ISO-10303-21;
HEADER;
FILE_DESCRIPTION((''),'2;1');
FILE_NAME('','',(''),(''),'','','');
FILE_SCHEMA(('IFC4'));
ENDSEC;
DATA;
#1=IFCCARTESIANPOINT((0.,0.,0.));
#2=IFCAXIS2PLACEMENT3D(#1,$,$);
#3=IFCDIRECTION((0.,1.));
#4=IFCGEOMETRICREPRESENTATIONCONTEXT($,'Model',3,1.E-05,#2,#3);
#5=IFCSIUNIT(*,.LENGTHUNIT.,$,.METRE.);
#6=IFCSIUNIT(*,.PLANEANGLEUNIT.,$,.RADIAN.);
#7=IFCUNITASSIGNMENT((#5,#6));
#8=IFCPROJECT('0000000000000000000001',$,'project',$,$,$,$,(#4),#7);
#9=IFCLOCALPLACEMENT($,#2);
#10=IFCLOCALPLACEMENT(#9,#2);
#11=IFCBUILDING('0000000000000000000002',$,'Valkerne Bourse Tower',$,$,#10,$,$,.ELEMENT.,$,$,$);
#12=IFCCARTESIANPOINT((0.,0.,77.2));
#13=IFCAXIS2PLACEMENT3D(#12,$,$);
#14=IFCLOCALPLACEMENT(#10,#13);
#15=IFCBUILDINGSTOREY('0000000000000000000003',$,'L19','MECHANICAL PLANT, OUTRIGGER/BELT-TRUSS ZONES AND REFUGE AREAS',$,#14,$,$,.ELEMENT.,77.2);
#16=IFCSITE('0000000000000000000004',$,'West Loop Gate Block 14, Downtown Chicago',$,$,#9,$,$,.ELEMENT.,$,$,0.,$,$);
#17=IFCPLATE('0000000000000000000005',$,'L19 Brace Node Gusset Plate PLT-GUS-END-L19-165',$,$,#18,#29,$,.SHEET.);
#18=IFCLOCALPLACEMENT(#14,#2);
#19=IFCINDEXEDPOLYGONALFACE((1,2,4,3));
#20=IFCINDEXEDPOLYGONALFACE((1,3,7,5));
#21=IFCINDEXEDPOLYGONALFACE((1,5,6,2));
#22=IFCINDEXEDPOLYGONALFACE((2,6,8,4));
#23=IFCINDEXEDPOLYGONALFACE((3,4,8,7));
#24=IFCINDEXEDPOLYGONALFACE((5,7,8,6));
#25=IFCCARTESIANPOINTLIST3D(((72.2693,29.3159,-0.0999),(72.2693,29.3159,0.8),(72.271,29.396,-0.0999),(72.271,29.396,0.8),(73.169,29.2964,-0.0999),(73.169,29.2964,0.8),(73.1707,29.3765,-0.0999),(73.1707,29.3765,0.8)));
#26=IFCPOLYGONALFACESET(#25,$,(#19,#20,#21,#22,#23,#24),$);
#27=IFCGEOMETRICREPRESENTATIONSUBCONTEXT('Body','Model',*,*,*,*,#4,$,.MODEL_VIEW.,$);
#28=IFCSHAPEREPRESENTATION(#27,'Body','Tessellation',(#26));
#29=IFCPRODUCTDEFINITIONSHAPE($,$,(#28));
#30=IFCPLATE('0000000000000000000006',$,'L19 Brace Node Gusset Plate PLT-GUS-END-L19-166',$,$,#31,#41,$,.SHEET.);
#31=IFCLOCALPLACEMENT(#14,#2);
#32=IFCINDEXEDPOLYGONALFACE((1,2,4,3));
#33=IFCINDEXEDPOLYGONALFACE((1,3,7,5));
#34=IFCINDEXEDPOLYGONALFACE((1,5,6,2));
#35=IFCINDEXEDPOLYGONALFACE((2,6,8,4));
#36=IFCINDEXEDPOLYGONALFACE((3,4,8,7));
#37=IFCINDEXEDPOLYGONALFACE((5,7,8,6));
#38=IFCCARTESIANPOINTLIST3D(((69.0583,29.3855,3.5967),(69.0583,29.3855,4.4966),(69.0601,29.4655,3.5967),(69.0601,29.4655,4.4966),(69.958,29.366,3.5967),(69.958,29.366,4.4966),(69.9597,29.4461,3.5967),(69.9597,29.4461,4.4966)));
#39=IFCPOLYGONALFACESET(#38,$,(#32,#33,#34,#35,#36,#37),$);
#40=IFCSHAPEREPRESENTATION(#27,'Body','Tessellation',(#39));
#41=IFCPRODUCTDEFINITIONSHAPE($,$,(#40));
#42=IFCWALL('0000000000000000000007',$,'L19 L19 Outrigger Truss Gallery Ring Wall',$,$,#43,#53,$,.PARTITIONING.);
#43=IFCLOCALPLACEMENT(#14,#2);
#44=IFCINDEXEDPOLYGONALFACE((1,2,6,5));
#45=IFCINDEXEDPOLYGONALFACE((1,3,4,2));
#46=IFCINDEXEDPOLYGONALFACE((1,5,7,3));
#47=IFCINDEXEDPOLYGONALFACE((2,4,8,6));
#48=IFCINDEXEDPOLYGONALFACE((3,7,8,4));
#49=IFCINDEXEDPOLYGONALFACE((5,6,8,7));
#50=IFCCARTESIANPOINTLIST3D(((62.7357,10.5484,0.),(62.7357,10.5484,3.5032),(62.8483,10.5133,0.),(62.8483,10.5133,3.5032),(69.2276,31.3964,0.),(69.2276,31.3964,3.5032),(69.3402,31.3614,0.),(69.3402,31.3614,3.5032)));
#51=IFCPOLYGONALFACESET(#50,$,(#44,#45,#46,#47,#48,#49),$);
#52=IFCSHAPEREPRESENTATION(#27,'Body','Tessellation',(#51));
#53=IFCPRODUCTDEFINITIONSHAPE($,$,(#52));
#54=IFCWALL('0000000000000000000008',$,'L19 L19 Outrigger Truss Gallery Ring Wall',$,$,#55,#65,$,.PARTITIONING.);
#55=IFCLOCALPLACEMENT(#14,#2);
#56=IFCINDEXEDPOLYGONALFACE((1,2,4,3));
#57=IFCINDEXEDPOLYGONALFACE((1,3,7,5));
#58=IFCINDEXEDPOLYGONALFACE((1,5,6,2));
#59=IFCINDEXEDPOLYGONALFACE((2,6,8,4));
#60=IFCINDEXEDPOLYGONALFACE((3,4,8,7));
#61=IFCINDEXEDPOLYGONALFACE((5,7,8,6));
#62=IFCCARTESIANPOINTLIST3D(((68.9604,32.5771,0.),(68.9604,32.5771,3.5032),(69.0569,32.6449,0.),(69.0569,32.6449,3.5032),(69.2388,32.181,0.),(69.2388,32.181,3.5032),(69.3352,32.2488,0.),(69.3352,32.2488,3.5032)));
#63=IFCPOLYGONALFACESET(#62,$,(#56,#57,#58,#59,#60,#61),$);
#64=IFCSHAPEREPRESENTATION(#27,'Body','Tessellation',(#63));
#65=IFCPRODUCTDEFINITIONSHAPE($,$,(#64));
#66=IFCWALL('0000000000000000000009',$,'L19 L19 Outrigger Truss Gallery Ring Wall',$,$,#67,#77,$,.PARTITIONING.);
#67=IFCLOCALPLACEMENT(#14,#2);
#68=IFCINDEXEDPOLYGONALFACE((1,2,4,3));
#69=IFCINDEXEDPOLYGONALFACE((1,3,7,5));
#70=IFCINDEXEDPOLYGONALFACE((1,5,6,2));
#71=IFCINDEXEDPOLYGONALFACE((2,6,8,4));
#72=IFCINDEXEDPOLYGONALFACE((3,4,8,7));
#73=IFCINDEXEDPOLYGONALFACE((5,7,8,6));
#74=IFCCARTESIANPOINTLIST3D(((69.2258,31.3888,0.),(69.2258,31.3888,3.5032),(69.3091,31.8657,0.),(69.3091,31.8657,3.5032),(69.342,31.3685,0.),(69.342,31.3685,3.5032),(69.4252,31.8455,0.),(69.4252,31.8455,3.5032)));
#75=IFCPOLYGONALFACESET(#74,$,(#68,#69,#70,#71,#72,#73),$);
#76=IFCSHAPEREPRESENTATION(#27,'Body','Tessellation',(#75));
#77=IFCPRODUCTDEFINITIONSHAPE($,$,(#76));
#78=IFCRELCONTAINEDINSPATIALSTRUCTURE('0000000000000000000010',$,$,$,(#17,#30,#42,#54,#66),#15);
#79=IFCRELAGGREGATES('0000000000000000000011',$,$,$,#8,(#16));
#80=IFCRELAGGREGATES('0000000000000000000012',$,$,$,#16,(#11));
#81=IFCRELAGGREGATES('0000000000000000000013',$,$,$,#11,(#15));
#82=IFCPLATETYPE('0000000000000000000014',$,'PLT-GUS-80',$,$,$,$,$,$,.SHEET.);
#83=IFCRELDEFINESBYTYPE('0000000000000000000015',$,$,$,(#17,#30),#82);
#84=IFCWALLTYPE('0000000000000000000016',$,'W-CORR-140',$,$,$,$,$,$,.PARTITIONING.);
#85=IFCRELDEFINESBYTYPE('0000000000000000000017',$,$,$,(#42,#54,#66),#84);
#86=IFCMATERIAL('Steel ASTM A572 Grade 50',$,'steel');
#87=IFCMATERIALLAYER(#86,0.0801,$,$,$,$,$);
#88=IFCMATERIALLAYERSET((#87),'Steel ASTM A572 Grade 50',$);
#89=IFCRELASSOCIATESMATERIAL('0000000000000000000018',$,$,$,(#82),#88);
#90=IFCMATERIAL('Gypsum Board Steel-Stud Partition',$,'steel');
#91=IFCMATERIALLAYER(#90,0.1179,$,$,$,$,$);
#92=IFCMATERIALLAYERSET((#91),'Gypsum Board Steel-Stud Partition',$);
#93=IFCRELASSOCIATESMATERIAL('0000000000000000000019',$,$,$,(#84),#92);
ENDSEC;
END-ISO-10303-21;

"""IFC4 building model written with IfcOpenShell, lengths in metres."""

from ifc_helpers import new_model, si_unit, direction, frame, frame_2d, origin, origin_2d, place, context, subcontext, project, spatial, rectangle, extrude, material, layer, layer_set, type_object, element, save


model = new_model("IFC4")

# Units and contexts
model_context = context("Model", 3, precision=1e-05, world=origin(), true_north=direction((0.0, 1.0)))
body_context = subcontext(model_context, "Body", "Model", "MODEL_VIEW")
ifc_project = project(units=[si_unit("LENGTHUNIT", "METRE"), si_unit("PLANEANGLEUNIT", "RADIAN")], contexts=[model_context])

# Site, building, storey
site_placement = place(None, origin())
site = spatial("IfcSite", under=ifc_project, at=site_placement, Name="West Loop Gate Block 14, Downtown Chicago", CompositionType="ELEMENT", RefElevation=0.0)
building_placement = place(site_placement, origin())
building = spatial("IfcBuilding", under=site, at=building_placement, Name="Valkerne Bourse Tower", CompositionType="ELEMENT")
storey_placement = place(building_placement, frame((0.0, 0.0, 77.2)))
storey = spatial("IfcBuildingStorey", under=building, at=storey_placement, Name="L19", Description="MECHANICAL PLANT, OUTRIGGER/BELT-TRUSS ZONES AND REFUGE AREAS", CompositionType="ELEMENT", Elevation=77.2)

# Plates
ifc_material_1 = material(Name="Steel ASTM A572 Grade 50", Category="steel")
ifc_layer_1 = layer(ifc_material_1, 0.0801)
ifc_layer_set_1 = layer_set([ifc_layer_1], Name="Steel ASTM A572 Grade 50")
plate_type_1 = type_object("IfcPlateType", Name="PLT-GUS-80", PredefinedType="SHEET", material=ifc_layer_set_1)
for number, where, z_axis, x_axis, name in (
    (1, (72.72, 29.3462, -0.0999), (0.0, 0.0, 1.0), (-0.999766, 0.02164, 0.0), "L19 Brace Node Gusset Plate PLT-GUS-END-L19-165"),
    (2, (69.509, 29.4158, 3.5967), (0.0, 0.0, 1.0), (-0.999766, 0.02164, 0.0), "L19 Brace Node Gusset Plate PLT-GUS-END-L19-166"),
):
    element("IfcPlate", number, at=place(storey_placement, frame(where, z_axis=z_axis, x_axis=x_axis)), inside=storey, type_object=plate_type_1, Name=name, PredefinedType="SHEET", context=body_context, shape_type="SweptSolid", body=[
        extrude(rectangle(XDim=0.8999, YDim=0.0801, at=origin_2d()), origin(), (0.0, 0.0, 1.0), 0.8999),
    ])

# Walls
ifc_material_2 = material(Name="Gypsum Board Steel-Stud Partition", Category="steel")
ifc_layer_2 = layer(ifc_material_2, 0.1179)
ifc_layer_set_2 = layer_set([ifc_layer_2], Name="Gypsum Board Steel-Stud Partition")
wall_type = type_object("IfcWallType", Name="W-CORR-140", PredefinedType="PARTITIONING", material=ifc_layer_set_2)
wall_placement = place(storey_placement, frame((69.2839, 31.3789, 0.0), z_axis=(0.0, 0.0, 1.0), x_axis=(-0.297311, -0.954781, 0.0)))
element("IfcWall", 3, at=wall_placement, inside=storey, type_object=wall_type, Name="L19 L19 Outrigger Truss Gallery Ring Wall", PredefinedType="PARTITIONING", context=body_context, shape_type="SweptSolid", body=[
    extrude(rectangle(XDim=21.8354, YDim=0.1179, at=frame_2d((10.9177, 0.0))), origin(), (0.0, 0.0, 1.0), 3.5032),
])
for number, where, z_axis, x_axis, name in (
    (4, (69.0085, 32.6111, 0.0), (0.0, 0.0, 1.0), (0.575019, -0.81814, 0.0), "L19 L19 Outrigger Truss Gallery Ring Wall"),
    (5, (69.3672, 31.8557, 0.0), (0.0, 0.0, 1.0), (-0.172001, -0.985097, 0.0), "L19 L19 Outrigger Truss Gallery Ring Wall"),
):
    element("IfcWall", number, at=place(storey_placement, frame(where, z_axis=z_axis, x_axis=x_axis)), inside=storey, type_object=wall_type, Name=name, PredefinedType="PARTITIONING", context=body_context, shape_type="SweptSolid", body=[
        extrude(rectangle(XDim=0.4841, YDim=0.1179, at=frame_2d((0.2422, 0.0))), origin(), (0.0, 0.0, 1.0), 3.5032),
    ])

save(model, "model.ifc")
